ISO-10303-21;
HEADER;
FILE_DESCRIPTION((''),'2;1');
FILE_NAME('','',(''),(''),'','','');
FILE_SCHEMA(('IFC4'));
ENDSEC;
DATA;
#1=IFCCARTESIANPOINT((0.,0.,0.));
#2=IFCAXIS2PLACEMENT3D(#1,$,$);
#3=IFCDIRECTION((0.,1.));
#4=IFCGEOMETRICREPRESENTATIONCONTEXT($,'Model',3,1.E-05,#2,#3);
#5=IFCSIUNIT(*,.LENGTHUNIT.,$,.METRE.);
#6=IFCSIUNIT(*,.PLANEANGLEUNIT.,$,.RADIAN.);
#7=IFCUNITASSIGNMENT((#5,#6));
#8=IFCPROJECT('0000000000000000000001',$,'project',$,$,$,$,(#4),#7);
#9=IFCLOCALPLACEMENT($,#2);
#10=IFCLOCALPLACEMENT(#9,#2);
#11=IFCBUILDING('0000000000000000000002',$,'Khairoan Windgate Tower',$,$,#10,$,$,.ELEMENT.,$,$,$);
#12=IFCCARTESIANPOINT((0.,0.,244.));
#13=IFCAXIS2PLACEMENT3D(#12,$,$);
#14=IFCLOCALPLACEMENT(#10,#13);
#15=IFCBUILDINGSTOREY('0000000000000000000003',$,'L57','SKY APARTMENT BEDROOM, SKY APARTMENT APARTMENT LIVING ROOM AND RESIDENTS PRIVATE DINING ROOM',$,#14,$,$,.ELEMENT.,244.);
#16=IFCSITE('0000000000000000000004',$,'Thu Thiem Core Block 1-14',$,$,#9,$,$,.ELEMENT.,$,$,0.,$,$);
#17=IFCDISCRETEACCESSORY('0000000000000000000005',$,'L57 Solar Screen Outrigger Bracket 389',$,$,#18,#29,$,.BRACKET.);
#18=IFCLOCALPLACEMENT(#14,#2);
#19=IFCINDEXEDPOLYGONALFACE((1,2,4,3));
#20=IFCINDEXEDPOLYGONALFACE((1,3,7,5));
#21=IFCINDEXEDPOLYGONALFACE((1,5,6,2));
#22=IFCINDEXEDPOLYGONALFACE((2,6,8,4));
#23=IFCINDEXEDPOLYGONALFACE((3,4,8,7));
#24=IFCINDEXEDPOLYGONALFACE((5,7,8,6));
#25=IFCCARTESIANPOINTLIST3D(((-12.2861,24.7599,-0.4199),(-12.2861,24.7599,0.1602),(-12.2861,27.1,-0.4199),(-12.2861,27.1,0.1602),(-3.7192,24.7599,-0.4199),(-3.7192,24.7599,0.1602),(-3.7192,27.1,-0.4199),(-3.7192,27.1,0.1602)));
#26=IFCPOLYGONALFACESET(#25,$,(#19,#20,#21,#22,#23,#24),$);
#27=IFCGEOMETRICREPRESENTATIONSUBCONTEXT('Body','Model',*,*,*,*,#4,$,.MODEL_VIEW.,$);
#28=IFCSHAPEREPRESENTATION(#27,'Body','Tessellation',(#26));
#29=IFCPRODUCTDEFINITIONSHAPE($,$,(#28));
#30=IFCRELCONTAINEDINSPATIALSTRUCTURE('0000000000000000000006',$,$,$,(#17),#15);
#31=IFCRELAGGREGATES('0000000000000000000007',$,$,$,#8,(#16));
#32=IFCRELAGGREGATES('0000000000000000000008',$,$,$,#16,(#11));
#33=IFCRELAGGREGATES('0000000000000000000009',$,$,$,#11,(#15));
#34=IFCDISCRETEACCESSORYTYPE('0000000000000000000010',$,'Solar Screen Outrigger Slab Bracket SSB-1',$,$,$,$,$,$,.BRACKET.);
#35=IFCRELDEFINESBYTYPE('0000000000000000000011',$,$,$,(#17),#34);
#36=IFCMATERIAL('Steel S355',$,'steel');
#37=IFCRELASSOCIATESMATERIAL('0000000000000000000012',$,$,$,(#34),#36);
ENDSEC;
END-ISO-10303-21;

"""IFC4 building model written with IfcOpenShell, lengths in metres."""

from ifc_helpers import new_model, si_unit, direction, frame, origin, origin_2d, place, context, subcontext, project, spatial, rectangle, extrude, material, type_object, element, save


model = new_model("IFC4")

# Units and contexts
model_context = context("Model", 3, precision=1e-05, world=origin(), true_north=direction((0.0, 1.0)))
body_context = subcontext(model_context, "Body", "Model", "MODEL_VIEW")
ifc_project = project(units=[si_unit("LENGTHUNIT", "METRE"), si_unit("PLANEANGLEUNIT", "RADIAN")], contexts=[model_context])

# Site, building, storey
site_placement = place(None, origin())
site = spatial("IfcSite", under=ifc_project, at=site_placement, Name="Thu Thiem Core Block 1-14", CompositionType="ELEMENT", RefElevation=0.0)
building_placement = place(site_placement, origin())
building = spatial("IfcBuilding", under=site, at=building_placement, Name="Khairoan Windgate Tower", CompositionType="ELEMENT")
storey_placement = place(building_placement, frame((0.0, 0.0, 244.0)))
storey = spatial("IfcBuildingStorey", under=building, at=storey_placement, Name="L57", Description="SKY APARTMENT BEDROOM, SKY APARTMENT APARTMENT LIVING ROOM AND RESIDENTS PRIVATE DINING ROOM", CompositionType="ELEMENT", Elevation=244.0)

# Discrete accessory
ifc_material_1 = material(Name="Steel S355", Category="steel")
discrete_accessory_type = type_object("IfcDiscreteAccessoryType", Name="Solar Screen Outrigger Slab Bracket SSB-1", PredefinedType="BRACKET", material=ifc_material_1)
discrete_accessory_placement = place(storey_placement, frame((-8.0027, 25.9299, -0.4199), z_axis=(0.0, 0.0, 1.0), x_axis=(1.0, 0.0, 0.0)))
element("IfcDiscreteAccessory", 1, at=discrete_accessory_placement, inside=storey, type_object=discrete_accessory_type, Name="L57 Solar Screen Outrigger Bracket 389", PredefinedType="BRACKET", context=body_context, shape_type="SweptSolid", body=[
    extrude(rectangle(XDim=8.5669, YDim=2.3401, at=origin_2d()), origin(), (0.0, 0.0, 1.0), 0.5801),
])

save(model, "model.ifc")
